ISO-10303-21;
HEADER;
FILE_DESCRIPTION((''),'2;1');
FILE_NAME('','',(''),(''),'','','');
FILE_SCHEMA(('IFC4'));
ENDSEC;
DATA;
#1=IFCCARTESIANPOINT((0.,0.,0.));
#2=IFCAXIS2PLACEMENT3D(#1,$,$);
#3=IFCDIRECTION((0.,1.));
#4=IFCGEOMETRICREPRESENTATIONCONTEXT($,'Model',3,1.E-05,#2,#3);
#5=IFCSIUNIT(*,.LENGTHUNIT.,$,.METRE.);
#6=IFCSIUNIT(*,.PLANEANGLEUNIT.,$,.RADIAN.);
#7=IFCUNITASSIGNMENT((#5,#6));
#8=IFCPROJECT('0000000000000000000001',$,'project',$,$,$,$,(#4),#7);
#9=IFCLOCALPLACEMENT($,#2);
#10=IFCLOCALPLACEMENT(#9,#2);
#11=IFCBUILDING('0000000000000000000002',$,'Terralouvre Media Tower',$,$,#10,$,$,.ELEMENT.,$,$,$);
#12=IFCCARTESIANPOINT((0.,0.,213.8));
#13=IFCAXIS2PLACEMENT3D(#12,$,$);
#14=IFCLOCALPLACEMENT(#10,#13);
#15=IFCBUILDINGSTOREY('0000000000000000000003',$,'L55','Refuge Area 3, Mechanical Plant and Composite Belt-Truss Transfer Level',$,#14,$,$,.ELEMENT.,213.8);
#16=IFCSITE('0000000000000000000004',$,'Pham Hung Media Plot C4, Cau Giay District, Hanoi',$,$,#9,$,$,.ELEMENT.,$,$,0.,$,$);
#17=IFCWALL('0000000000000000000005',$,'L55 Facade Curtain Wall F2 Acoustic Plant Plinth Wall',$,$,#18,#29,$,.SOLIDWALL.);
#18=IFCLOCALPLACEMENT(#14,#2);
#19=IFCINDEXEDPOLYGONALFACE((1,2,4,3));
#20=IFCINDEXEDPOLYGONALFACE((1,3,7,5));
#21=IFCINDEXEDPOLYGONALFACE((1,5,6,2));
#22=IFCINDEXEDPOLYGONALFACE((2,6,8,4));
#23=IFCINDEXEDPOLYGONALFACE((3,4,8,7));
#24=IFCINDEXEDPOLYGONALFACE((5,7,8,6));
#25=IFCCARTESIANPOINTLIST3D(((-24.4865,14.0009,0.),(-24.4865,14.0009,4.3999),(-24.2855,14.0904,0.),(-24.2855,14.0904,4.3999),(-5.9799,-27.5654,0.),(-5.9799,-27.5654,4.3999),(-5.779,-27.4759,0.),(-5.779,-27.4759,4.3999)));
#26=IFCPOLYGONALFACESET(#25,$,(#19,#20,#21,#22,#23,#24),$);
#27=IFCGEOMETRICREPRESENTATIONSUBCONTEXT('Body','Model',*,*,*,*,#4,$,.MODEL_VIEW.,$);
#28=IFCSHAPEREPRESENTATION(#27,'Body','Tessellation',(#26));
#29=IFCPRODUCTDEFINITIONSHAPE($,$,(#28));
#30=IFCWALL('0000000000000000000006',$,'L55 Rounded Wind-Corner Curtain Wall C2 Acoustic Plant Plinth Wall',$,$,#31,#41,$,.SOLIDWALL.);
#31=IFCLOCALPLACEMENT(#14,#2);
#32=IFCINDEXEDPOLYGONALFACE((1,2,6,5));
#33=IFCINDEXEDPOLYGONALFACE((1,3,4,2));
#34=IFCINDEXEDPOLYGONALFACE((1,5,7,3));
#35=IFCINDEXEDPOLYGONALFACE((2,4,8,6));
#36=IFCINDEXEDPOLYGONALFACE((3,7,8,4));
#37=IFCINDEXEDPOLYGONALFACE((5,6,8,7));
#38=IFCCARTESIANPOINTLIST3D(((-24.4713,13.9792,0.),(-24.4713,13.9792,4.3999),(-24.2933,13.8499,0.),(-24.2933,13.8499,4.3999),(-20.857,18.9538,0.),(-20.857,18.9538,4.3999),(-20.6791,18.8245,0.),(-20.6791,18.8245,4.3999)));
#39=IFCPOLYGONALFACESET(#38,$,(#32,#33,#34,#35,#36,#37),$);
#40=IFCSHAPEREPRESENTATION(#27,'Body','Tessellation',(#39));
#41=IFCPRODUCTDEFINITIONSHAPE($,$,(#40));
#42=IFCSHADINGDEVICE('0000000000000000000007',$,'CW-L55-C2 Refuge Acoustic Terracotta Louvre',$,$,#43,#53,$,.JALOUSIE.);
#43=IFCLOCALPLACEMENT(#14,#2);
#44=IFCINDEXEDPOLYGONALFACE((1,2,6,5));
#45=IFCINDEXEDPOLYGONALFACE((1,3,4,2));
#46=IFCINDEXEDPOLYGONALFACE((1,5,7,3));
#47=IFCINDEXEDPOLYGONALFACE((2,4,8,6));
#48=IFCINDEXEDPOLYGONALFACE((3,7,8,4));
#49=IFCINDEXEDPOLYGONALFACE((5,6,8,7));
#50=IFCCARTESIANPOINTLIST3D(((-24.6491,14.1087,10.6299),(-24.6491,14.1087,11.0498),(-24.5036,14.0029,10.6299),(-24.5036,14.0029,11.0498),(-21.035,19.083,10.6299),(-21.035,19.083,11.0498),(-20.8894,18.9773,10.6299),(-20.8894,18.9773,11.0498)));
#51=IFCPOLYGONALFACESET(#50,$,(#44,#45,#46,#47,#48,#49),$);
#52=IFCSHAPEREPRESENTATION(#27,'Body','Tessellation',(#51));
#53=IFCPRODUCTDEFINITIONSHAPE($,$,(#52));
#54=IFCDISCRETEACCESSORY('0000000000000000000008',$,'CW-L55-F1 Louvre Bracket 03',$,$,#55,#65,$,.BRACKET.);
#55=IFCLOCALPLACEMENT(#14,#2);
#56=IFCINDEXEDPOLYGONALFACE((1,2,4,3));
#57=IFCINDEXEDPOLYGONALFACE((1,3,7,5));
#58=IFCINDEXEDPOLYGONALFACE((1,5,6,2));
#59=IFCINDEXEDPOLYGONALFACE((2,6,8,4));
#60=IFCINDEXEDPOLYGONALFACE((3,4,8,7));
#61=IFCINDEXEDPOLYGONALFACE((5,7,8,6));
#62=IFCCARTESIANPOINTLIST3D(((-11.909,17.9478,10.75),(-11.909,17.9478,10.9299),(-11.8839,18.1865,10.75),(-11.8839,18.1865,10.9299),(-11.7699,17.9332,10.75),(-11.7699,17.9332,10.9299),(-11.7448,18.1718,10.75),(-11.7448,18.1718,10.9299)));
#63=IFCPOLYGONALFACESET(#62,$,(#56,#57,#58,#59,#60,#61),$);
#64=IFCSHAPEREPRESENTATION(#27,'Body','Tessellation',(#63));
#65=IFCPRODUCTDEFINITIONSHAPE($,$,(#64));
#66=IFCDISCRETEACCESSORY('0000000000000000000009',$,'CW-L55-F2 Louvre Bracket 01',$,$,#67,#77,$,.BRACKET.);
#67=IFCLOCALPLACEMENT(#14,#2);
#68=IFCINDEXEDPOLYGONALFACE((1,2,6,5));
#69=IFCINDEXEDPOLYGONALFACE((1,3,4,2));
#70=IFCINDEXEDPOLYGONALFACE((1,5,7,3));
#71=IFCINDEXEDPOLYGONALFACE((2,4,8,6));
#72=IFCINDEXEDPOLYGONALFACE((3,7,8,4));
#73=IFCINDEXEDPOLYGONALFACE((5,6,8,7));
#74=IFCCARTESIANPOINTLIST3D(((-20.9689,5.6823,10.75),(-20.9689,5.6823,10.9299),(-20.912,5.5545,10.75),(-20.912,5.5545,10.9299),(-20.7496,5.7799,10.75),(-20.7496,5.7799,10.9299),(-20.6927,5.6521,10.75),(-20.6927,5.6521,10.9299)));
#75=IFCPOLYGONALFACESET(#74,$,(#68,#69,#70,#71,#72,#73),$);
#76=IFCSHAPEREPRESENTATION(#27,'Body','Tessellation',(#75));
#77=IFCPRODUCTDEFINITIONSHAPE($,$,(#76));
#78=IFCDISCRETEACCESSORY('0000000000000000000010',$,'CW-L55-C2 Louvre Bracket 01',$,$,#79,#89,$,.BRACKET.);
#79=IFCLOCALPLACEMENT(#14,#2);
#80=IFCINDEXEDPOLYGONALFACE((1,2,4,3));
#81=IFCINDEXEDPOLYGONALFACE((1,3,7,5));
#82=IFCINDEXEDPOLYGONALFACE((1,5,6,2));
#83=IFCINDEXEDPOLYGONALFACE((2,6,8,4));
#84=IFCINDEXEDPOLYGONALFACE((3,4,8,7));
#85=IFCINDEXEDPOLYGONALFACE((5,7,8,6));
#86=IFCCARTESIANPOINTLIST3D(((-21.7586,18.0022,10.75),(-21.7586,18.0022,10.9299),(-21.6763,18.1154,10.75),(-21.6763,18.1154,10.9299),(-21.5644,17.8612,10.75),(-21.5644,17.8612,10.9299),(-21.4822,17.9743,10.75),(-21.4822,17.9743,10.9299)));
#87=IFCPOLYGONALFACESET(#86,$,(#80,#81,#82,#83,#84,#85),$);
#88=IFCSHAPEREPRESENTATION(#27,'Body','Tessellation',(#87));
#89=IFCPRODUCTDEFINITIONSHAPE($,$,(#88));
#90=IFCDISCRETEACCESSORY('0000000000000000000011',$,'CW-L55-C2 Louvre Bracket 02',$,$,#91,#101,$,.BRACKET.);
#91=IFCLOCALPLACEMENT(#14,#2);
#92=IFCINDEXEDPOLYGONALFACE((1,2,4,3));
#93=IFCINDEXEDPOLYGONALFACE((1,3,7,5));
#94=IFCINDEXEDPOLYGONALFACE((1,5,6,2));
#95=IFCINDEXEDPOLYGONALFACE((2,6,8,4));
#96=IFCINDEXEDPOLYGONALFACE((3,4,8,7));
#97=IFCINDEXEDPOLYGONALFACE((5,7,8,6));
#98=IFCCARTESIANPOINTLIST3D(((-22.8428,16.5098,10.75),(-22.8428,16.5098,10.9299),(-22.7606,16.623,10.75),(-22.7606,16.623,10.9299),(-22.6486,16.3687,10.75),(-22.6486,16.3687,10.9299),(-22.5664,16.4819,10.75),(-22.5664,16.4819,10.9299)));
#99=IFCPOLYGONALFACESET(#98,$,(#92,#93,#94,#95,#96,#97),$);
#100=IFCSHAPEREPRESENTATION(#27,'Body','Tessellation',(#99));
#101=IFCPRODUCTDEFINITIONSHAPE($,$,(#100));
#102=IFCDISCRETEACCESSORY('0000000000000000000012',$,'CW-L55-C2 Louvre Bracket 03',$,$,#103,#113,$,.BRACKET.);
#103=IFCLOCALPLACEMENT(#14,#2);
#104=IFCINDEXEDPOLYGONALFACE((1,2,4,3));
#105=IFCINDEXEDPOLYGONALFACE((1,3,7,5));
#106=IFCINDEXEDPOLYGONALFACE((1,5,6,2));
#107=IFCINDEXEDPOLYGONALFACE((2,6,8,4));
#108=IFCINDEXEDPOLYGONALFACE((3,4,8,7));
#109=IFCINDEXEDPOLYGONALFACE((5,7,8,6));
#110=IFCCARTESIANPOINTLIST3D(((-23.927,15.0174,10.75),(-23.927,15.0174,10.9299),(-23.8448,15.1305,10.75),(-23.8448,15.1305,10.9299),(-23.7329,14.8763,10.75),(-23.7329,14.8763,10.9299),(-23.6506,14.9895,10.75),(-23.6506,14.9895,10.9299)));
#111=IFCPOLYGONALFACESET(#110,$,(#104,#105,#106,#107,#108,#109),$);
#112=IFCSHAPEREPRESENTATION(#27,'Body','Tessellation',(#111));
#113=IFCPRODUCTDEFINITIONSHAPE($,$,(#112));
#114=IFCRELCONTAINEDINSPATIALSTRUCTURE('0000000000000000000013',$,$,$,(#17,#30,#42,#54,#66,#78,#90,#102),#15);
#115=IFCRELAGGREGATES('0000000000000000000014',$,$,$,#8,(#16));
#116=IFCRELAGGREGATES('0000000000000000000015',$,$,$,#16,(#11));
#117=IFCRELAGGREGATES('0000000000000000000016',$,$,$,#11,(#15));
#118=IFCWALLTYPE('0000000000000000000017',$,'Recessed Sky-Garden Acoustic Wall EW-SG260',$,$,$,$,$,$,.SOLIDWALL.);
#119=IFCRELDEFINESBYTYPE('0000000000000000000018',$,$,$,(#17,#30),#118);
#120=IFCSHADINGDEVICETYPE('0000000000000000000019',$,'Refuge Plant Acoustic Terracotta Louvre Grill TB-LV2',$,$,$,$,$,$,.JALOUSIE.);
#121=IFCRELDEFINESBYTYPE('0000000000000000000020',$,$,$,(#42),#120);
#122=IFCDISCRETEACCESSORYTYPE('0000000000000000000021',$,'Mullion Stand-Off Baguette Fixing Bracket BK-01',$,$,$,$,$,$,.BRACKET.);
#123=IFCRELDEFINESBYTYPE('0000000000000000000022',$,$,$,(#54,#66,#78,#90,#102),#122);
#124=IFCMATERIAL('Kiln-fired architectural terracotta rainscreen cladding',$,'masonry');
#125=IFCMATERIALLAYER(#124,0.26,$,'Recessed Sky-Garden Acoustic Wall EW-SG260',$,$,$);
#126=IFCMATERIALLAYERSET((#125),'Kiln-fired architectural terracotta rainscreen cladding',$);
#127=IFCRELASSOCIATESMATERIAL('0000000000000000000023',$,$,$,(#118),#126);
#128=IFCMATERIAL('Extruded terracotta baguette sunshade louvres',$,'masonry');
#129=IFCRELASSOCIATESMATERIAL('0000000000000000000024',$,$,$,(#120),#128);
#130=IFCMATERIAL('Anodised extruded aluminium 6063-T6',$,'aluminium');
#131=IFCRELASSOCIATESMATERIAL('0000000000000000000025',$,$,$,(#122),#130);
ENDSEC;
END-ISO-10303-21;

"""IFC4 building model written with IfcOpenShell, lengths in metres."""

from ifc_helpers import new_model, si_unit, direction, frame, frame_2d, origin, origin_2d, place, context, subcontext, project, spatial, rectangle, extrude, material, layer, layer_set, type_object, element, save


model = new_model("IFC4")

# Units and contexts
model_context = context("Model", 3, precision=1e-05, world=origin(), true_north=direction((0.0, 1.0)))
body_context = subcontext(model_context, "Body", "Model", "MODEL_VIEW")
ifc_project = project(units=[si_unit("LENGTHUNIT", "METRE"), si_unit("PLANEANGLEUNIT", "RADIAN")], contexts=[model_context])

# Site, building, storey
site_placement = place(None, origin())
site = spatial("IfcSite", under=ifc_project, at=site_placement, Name="Pham Hung Media Plot C4, Cau Giay District, Hanoi", CompositionType="ELEMENT", RefElevation=0.0)
building_placement = place(site_placement, origin())
building = spatial("IfcBuilding", under=site, at=building_placement, Name="Terralouvre Media Tower", CompositionType="ELEMENT")
storey_placement = place(building_placement, frame((0.0, 0.0, 213.8)))
storey = spatial("IfcBuildingStorey", under=building, at=storey_placement, Name="L55", Description="Refuge Area 3, Mechanical Plant and Composite Belt-Truss Transfer Level", CompositionType="ELEMENT", Elevation=213.8)

# Walls
ifc_material_1 = material(Name="Kiln-fired architectural terracotta rainscreen cladding", Category="masonry")
ifc_layer_1 = layer(ifc_material_1, 0.26, Name="Recessed Sky-Garden Acoustic Wall EW-SG260")
ifc_layer_set_1 = layer_set([ifc_layer_1], Name="Kiln-fired architectural terracotta rainscreen cladding")
wall_type_1 = type_object("IfcWallType", Name="Recessed Sky-Garden Acoustic Wall EW-SG260", PredefinedType="SOLIDWALL", material=ifc_layer_set_1)
wall_1_placement = place(storey_placement, frame((-24.386, 14.0457, 0.0), z_axis=(0.0, 0.0, 1.0), x_axis=(0.406737, -0.913545, 0.0)))
element("IfcWall", 1, at=wall_1_placement, inside=storey, type_object=wall_type_1, Name="L55 Facade Curtain Wall F2 Acoustic Plant Plinth Wall", PredefinedType="SOLIDWALL", context=body_context, shape_type="SweptSolid", body=[
    extrude(rectangle(XDim=45.5, YDim=0.22, at=frame_2d((22.75, 0.0))), origin(), (0.0, 0.0, 1.0), 4.3999),
])
wall_2_placement = place(storey_placement, frame((-20.7681, 18.8892, 0.0), z_axis=(0.0, 0.0, 1.0), x_axis=(-0.587784, -0.809018, 0.0)))
element("IfcWall", 2, at=wall_2_placement, inside=storey, type_object=wall_type_1, Name="L55 Rounded Wind-Corner Curtain Wall C2 Acoustic Plant Plinth Wall", PredefinedType="SOLIDWALL", context=body_context, shape_type="SweptSolid", body=[
    extrude(rectangle(XDim=6.1489, YDim=0.22, at=frame_2d((3.0745, 0.0))), origin(), (0.0, 0.0, 1.0), 4.3999),
])

# Shading device
ifc_material_2 = material(Name="Extruded terracotta baguette sunshade louvres", Category="masonry")
shading_device_type = type_object("IfcShadingDeviceType", Name="Refuge Plant Acoustic Terracotta Louvre Grill TB-LV2", PredefinedType="JALOUSIE", material=ifc_material_2)
shading_device_placement = place(storey_placement, frame((-22.7693, 16.543, 10.6299), z_axis=(0.0, 0.0, 1.0), x_axis=(-0.587786, -0.809017, 0.0)))
element("IfcShadingDevice", 3, at=shading_device_placement, inside=storey, type_object=shading_device_type, Name="CW-L55-C2 Refuge Acoustic Terracotta Louvre", PredefinedType="JALOUSIE", context=body_context, shape_type="SweptSolid", body=[
    extrude(rectangle(XDim=6.1487, YDim=0.1799, at=origin_2d()), origin(), (0.0, 0.0, 1.0), 0.4199),
])

# Discrete accessories
ifc_material_3 = material(Name="Anodised extruded aluminium 6063-T6", Category="aluminium")
discrete_accessory_type = type_object("IfcDiscreteAccessoryType", Name="Mullion Stand-Off Baguette Fixing Bracket BK-01", PredefinedType="BRACKET", material=ifc_material_3)
for number, where, z_axis, x_axis, name in (
    (4, (-11.8269, 18.0598, 10.75), (0.0, 0.0, 1.0), (-0.994522, 0.104529, 0.0), "CW-L55-F1 Louvre Bracket 03"),
    (5, (-20.8308, 5.6672, 10.75), (0.0, 0.0, 1.0), (0.406737, -0.913545, 0.0), "CW-L55-F2 Louvre Bracket 01"),
    (6, (-21.6204, 17.9883, 10.75), (0.0, 0.0, 1.0), (-0.587786, -0.809017, 0.0), "CW-L55-C2 Louvre Bracket 01"),
    (7, (-22.7046, 16.4958, 10.75), (0.0, 0.0, 1.0), (-0.587786, -0.809017, 0.0), "CW-L55-C2 Louvre Bracket 02"),
    (8, (-23.7888, 15.0034, 10.75), (0.0, 0.0, 1.0), (-0.587786, -0.809017, 0.0), "CW-L55-C2 Louvre Bracket 03"),
):
    element("IfcDiscreteAccessory", number, at=place(storey_placement, frame(where, z_axis=z_axis, x_axis=x_axis)), inside=storey, type_object=discrete_accessory_type, Name=name, PredefinedType="BRACKET", context=body_context, shape_type="SweptSolid", body=[
        extrude(rectangle(XDim=0.1399, YDim=0.24, at=origin_2d()), origin(), (0.0, 0.0, 1.0), 0.1799),
    ])

save(model, "model.ifc")
